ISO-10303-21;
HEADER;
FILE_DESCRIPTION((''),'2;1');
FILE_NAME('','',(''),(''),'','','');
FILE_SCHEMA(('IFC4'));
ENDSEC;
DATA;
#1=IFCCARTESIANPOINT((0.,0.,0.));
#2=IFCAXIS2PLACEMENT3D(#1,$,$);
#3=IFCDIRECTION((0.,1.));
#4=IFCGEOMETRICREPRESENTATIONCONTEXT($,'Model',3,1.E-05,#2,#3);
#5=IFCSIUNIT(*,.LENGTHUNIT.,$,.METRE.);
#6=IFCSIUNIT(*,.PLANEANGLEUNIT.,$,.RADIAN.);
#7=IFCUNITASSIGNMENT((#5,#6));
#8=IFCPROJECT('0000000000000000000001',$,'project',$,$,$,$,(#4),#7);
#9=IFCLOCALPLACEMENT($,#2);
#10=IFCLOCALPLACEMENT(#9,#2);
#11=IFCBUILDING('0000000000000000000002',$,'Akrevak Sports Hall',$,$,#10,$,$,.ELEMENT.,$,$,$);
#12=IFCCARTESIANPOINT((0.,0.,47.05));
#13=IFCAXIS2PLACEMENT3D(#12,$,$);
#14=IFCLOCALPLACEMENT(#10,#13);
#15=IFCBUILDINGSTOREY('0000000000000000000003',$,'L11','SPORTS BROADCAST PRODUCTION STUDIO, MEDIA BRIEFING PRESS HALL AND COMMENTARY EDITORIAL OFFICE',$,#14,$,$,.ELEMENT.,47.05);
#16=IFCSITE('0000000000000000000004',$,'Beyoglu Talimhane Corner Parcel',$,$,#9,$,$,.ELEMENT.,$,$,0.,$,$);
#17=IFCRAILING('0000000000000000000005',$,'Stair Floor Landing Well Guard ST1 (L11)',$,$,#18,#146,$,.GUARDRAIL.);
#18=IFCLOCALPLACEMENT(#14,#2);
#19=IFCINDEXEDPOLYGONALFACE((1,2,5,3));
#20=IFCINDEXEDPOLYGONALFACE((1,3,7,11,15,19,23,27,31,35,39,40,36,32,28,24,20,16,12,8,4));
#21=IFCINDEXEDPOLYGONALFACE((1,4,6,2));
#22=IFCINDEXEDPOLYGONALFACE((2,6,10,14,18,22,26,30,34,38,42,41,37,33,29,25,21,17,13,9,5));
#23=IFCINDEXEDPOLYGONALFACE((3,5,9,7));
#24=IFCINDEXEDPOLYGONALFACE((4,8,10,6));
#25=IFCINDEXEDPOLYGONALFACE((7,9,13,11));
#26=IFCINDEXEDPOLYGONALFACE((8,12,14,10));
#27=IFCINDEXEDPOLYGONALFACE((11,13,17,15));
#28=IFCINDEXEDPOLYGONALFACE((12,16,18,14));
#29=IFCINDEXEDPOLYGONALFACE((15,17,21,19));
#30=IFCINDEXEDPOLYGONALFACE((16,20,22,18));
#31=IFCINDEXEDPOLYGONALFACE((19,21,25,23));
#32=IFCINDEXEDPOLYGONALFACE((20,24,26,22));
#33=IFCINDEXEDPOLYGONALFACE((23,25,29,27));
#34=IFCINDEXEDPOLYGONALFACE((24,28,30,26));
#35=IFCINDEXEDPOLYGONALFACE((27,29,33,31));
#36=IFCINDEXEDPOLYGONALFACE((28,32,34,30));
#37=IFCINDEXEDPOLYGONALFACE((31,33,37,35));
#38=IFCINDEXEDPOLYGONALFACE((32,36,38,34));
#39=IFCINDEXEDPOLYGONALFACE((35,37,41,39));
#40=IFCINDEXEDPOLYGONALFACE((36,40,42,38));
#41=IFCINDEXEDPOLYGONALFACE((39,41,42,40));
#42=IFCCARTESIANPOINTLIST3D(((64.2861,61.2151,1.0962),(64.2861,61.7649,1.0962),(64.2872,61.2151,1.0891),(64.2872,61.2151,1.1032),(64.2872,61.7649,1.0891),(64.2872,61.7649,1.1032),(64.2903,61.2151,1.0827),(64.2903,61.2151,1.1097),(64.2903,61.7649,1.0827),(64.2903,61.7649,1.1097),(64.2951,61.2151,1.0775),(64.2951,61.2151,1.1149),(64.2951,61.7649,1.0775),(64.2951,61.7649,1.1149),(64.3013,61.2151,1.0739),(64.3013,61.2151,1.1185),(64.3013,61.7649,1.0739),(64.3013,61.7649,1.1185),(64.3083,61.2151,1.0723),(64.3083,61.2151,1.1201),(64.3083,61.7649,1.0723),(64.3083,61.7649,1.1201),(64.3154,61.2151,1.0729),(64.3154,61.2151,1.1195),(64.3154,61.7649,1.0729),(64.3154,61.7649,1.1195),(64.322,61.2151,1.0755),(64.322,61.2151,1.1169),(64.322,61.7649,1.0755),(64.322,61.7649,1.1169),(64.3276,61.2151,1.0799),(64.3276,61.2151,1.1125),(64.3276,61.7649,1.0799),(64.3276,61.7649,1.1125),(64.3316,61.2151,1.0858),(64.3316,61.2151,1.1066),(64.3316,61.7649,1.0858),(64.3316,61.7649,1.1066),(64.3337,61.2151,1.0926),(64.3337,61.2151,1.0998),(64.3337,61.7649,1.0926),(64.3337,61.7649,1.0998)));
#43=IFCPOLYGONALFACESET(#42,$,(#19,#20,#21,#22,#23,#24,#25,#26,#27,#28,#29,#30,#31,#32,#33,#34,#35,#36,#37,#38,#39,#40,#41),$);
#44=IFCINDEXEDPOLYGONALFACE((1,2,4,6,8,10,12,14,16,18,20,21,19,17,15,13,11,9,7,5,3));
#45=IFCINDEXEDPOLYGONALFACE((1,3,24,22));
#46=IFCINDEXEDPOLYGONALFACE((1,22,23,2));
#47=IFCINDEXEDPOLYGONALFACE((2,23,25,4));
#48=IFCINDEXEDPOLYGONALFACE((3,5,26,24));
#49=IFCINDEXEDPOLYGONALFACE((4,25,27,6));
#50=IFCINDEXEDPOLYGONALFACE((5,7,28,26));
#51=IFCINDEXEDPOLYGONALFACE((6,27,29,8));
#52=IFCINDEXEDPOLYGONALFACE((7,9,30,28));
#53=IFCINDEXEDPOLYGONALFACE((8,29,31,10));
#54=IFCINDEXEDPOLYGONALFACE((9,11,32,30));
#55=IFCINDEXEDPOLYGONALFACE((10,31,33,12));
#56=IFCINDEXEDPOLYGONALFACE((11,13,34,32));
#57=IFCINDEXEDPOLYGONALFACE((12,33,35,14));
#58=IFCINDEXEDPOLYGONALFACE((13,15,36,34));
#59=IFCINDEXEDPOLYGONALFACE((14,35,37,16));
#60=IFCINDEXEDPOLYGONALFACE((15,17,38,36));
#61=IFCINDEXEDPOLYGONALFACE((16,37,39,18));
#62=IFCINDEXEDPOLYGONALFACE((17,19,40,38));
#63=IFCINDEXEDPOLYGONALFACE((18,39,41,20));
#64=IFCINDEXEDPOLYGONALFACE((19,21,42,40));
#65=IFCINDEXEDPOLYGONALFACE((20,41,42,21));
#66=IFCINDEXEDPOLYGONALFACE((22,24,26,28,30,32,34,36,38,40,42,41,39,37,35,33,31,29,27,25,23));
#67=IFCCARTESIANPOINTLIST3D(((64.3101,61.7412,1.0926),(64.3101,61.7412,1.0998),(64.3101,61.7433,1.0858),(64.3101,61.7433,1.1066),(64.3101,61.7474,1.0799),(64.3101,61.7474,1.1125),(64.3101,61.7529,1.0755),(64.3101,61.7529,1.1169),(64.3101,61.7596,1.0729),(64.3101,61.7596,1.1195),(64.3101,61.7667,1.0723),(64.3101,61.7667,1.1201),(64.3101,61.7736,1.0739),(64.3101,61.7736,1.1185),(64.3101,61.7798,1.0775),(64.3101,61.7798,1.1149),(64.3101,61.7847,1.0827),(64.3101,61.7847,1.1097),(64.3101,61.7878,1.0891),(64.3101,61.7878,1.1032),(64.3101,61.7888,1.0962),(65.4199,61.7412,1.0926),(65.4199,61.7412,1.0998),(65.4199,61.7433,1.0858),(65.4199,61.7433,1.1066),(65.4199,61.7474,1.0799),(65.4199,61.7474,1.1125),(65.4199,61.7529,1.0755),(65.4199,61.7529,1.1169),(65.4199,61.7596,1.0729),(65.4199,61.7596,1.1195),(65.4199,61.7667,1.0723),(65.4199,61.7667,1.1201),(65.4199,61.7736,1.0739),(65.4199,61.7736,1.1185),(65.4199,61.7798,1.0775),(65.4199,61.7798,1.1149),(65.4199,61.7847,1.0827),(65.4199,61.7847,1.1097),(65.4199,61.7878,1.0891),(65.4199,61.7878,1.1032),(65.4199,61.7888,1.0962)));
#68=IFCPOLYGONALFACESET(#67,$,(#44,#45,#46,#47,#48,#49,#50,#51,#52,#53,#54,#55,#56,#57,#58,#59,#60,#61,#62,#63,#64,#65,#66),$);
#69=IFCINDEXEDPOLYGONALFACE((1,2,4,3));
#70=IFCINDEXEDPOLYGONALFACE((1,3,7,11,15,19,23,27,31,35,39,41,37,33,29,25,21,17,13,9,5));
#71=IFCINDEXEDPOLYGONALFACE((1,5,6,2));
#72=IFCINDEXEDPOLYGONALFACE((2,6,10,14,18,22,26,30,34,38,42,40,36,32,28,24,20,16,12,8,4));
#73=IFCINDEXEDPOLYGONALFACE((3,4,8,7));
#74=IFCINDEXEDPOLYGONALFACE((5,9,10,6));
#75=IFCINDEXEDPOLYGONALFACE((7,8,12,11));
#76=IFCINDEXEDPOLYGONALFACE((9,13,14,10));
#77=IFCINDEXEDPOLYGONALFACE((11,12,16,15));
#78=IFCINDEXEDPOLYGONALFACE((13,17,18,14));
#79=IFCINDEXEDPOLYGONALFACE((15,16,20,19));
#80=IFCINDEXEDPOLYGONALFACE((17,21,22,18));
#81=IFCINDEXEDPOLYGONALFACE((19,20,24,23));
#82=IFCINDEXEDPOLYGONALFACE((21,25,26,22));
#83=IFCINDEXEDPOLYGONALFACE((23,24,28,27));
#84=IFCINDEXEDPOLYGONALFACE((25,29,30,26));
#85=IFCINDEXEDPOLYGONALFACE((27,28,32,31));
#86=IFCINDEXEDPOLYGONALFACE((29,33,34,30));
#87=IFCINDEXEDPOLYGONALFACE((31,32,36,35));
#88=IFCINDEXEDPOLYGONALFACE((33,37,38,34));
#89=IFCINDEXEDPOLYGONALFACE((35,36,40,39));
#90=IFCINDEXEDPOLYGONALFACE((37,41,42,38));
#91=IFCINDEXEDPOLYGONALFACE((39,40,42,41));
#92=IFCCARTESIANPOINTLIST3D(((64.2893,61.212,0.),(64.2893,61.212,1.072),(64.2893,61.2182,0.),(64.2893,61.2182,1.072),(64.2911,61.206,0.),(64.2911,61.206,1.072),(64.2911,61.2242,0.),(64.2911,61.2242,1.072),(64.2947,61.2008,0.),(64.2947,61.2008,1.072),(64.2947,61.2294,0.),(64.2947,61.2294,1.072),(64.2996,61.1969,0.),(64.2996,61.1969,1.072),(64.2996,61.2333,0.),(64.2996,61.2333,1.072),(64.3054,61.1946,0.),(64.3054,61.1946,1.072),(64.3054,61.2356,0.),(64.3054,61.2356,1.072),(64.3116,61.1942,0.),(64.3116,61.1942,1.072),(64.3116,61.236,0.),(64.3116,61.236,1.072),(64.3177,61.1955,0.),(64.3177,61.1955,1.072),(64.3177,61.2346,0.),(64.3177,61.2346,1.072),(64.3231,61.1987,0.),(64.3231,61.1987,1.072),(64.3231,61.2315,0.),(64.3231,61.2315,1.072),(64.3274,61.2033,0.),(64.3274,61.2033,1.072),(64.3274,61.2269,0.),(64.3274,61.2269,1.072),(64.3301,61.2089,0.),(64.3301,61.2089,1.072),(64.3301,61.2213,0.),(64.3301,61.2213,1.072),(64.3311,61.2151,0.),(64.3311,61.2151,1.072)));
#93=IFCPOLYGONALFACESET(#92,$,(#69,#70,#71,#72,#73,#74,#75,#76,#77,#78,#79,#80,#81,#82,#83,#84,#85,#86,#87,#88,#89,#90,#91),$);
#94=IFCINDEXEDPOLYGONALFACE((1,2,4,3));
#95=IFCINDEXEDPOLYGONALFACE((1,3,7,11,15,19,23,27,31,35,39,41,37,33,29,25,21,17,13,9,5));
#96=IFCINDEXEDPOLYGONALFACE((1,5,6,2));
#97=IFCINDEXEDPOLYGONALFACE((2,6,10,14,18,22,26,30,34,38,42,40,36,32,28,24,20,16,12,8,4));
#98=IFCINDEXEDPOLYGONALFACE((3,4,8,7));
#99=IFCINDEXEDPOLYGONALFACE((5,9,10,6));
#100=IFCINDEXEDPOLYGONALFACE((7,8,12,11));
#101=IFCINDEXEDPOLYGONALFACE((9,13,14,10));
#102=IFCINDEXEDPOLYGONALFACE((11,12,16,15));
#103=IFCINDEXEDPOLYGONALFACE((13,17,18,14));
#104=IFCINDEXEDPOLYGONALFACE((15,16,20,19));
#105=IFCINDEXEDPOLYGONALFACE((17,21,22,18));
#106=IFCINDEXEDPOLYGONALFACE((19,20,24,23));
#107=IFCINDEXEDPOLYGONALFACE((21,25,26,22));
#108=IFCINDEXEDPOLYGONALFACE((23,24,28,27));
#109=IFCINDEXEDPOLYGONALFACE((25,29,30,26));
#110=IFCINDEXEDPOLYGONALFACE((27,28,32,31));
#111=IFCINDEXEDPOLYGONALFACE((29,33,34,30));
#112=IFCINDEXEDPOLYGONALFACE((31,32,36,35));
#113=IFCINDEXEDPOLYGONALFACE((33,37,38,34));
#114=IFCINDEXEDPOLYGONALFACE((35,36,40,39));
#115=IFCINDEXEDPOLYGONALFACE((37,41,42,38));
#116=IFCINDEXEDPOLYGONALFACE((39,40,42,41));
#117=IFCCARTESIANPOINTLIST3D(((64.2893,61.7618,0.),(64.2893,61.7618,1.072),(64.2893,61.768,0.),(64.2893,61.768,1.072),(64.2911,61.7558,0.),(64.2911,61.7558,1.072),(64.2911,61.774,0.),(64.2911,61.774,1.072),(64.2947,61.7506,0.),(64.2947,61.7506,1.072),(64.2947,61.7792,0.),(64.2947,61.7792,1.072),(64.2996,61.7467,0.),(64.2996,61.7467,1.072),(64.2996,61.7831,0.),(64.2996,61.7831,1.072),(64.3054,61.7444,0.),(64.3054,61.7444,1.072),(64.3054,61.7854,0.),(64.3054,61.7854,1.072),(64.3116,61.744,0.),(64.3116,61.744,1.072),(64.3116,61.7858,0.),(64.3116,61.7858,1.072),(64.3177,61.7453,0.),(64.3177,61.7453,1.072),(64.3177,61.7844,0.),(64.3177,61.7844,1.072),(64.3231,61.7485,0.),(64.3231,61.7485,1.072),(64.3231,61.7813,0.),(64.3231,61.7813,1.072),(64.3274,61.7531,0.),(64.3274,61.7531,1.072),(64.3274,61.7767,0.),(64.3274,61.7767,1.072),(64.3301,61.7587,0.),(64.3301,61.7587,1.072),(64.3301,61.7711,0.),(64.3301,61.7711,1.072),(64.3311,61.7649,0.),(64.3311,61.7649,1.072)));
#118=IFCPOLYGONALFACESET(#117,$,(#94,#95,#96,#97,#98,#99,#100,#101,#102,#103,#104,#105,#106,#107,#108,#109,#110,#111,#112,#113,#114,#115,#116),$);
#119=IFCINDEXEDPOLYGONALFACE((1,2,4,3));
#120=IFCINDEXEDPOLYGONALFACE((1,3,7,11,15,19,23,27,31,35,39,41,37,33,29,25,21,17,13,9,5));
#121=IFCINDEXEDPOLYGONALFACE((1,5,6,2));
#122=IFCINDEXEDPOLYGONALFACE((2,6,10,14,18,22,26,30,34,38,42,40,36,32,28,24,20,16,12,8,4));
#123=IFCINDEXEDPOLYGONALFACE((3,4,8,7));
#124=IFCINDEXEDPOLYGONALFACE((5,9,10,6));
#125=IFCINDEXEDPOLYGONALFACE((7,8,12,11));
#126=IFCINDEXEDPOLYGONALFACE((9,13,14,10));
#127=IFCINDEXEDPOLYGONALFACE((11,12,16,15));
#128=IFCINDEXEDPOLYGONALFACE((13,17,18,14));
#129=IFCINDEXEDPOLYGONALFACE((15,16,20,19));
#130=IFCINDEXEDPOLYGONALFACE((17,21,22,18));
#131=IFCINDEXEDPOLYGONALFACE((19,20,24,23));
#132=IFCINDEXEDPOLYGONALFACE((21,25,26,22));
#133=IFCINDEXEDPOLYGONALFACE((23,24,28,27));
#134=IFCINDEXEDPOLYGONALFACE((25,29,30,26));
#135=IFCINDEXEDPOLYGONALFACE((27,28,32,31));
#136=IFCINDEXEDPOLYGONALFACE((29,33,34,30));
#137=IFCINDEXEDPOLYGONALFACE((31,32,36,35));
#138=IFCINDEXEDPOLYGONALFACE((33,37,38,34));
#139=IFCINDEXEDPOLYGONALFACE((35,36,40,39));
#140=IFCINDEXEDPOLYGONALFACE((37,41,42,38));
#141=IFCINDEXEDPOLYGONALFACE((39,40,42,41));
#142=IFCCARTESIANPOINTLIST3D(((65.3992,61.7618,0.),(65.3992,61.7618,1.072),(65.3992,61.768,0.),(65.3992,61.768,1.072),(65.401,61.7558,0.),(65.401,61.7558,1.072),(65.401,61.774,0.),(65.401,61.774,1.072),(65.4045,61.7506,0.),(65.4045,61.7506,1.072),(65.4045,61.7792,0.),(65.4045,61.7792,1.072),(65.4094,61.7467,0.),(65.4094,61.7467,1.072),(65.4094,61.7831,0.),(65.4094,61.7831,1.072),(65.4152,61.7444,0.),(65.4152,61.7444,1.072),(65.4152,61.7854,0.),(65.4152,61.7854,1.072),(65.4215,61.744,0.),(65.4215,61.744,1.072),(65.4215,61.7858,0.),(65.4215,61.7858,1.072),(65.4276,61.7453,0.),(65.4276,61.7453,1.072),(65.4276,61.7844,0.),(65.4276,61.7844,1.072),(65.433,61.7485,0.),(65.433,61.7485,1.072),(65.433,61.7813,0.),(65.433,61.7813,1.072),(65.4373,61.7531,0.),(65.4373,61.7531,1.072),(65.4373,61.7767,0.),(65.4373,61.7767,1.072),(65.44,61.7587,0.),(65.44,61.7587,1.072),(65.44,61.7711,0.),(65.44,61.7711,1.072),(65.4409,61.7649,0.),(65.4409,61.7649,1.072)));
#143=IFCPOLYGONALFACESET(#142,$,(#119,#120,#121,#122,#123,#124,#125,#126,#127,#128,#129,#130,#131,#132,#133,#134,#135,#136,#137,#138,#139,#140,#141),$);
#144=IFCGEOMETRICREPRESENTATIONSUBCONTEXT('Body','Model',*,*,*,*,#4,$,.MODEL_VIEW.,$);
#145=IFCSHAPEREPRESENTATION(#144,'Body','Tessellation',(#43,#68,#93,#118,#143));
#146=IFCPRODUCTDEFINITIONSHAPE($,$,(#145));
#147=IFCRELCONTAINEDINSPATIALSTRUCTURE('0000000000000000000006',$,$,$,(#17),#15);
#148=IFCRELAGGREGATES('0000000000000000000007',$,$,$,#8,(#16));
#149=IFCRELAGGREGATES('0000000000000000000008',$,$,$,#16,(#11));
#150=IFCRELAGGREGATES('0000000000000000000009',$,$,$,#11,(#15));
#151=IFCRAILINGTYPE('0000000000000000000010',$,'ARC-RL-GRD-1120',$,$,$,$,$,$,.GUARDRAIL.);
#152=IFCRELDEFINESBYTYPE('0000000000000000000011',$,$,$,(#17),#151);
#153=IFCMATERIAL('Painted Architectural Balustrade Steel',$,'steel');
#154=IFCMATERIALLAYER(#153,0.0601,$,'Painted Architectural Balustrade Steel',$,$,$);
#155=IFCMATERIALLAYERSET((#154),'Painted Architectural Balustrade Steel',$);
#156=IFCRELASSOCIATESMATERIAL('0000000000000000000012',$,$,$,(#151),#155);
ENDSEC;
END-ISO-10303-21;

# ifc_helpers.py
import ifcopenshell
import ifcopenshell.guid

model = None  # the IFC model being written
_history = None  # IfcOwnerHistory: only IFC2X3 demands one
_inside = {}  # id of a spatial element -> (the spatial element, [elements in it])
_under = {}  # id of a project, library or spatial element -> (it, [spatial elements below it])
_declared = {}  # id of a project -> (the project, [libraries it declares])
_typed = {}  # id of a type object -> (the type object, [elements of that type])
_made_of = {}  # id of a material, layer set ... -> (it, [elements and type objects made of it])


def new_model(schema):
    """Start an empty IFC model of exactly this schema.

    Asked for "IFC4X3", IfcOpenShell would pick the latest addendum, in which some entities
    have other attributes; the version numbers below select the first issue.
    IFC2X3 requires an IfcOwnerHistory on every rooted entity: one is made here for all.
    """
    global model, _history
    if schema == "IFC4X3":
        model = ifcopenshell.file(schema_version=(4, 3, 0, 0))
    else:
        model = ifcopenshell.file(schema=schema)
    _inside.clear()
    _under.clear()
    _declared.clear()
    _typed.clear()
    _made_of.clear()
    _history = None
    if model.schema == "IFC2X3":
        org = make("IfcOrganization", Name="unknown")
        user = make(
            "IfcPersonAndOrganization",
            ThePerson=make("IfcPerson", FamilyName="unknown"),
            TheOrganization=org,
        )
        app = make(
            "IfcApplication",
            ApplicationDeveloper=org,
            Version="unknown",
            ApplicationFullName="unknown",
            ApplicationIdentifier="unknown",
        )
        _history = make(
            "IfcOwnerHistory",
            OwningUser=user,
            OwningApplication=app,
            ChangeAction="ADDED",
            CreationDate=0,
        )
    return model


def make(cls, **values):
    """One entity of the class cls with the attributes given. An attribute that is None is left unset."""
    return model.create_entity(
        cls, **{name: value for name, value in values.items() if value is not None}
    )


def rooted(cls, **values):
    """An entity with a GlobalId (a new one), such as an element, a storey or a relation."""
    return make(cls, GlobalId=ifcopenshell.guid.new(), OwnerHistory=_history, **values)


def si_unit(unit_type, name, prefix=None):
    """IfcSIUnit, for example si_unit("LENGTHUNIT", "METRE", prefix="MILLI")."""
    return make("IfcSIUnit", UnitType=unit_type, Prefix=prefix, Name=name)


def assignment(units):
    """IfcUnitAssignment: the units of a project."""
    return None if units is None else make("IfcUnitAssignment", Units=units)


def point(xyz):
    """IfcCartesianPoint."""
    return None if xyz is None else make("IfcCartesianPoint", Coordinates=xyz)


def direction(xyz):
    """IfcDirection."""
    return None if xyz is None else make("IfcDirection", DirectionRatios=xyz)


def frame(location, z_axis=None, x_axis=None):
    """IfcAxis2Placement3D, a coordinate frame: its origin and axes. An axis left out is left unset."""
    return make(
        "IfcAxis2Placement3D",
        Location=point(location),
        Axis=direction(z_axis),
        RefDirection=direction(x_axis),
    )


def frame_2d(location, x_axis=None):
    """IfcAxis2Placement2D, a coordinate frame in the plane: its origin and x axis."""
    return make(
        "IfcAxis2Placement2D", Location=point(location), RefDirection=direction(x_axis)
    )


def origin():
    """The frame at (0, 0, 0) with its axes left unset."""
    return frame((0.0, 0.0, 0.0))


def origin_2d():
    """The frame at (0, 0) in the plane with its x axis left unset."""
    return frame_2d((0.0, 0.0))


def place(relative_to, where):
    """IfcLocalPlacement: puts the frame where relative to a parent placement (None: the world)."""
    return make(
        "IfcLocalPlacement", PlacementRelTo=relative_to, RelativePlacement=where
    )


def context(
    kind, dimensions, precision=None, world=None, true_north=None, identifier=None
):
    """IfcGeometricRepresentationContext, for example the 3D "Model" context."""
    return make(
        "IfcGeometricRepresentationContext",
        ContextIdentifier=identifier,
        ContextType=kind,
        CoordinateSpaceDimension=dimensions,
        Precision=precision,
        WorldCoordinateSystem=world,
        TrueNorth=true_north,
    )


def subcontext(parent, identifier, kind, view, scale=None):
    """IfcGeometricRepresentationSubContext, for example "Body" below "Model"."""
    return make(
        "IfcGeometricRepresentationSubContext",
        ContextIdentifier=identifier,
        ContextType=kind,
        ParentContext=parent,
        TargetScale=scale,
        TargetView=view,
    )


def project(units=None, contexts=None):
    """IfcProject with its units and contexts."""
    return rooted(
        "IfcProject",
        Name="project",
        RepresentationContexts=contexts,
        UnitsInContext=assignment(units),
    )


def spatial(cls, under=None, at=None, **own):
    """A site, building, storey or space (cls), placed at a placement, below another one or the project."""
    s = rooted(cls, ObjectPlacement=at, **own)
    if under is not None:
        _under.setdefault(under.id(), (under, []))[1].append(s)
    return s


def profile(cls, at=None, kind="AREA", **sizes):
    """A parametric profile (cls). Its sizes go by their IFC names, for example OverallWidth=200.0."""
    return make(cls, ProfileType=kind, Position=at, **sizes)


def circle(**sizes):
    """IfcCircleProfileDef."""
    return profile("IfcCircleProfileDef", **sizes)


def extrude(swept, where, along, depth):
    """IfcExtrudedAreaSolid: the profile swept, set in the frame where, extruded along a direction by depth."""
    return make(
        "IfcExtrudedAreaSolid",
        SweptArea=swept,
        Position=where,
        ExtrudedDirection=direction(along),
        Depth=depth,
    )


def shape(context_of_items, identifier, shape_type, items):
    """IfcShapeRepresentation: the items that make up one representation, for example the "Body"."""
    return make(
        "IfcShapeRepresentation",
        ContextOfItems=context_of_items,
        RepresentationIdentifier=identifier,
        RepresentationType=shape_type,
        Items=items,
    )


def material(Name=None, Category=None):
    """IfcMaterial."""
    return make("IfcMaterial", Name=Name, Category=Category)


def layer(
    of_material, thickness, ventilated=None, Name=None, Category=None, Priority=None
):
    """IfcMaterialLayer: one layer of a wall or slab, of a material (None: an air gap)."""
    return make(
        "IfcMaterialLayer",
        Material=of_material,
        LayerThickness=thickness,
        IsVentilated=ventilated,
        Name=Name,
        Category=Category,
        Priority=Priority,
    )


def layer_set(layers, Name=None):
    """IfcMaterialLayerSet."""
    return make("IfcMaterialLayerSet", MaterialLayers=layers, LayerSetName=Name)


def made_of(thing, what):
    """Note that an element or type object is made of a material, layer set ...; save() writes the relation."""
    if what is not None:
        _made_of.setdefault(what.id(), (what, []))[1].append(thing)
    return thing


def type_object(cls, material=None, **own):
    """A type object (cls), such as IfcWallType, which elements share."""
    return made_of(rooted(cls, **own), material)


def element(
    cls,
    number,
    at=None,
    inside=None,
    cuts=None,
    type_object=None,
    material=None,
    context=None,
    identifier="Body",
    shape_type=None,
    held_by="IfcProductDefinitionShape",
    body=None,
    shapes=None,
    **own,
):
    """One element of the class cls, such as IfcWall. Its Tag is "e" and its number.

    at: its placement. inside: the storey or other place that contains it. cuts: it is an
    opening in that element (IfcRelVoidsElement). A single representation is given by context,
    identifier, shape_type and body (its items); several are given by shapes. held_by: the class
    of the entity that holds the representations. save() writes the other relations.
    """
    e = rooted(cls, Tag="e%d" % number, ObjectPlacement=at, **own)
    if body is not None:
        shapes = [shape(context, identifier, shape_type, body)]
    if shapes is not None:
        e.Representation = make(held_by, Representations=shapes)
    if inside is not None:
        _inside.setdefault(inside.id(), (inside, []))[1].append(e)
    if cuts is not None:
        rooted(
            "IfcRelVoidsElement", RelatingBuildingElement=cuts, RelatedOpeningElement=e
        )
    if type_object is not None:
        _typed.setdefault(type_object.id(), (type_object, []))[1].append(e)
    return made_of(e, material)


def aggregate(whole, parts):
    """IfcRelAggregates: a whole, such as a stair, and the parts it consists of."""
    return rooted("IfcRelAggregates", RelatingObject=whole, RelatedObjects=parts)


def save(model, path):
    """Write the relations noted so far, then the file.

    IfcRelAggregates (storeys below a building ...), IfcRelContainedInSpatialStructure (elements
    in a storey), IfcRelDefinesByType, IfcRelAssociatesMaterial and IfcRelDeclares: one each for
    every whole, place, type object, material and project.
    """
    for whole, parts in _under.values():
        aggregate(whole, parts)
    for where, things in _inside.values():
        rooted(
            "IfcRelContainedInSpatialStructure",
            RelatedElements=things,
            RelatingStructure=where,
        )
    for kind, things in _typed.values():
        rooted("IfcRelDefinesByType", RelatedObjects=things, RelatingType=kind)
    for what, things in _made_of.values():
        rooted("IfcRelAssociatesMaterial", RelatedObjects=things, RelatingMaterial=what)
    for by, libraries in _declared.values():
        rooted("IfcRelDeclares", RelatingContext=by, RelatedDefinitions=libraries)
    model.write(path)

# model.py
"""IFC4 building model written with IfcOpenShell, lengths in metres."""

from ifc_helpers import new_model, si_unit, direction, frame, origin, origin_2d, place, context, subcontext, project, spatial, circle, extrude, material, layer, layer_set, type_object, element, save


model = new_model("IFC4")

# Units and contexts
model_context = context("Model", 3, precision=1e-05, world=origin(), true_north=direction((0.0, 1.0)))
body_context = subcontext(model_context, "Body", "Model", "MODEL_VIEW")
ifc_project = project(units=[si_unit("LENGTHUNIT", "METRE"), si_unit("PLANEANGLEUNIT", "RADIAN")], contexts=[model_context])

# Site, building, storey
site_placement = place(None, origin())
site = spatial("IfcSite", under=ifc_project, at=site_placement, Name="Beyoglu Talimhane Corner Parcel", CompositionType="ELEMENT", RefElevation=0.0)
building_placement = place(site_placement, origin())
building = spatial("IfcBuilding", under=site, at=building_placement, Name="Akrevak Sports Hall", CompositionType="ELEMENT")
storey_placement = place(building_placement, frame((0.0, 0.0, 47.05)))
storey = spatial("IfcBuildingStorey", under=building, at=storey_placement, Name="L11", Description="SPORTS BROADCAST PRODUCTION STUDIO, MEDIA BRIEFING PRESS HALL AND COMMENTARY EDITORIAL OFFICE", CompositionType="ELEMENT", Elevation=47.05)

# Railing
ifc_material_1 = material(Name="Painted Architectural Balustrade Steel", Category="steel")
ifc_layer_1 = layer(ifc_material_1, 0.0601, Name="Painted Architectural Balustrade Steel")
ifc_layer_set_1 = layer_set([ifc_layer_1], Name="Painted Architectural Balustrade Steel")
railing_type_1 = type_object("IfcRailingType", Name="ARC-RL-GRD-1120", PredefinedType="GUARDRAIL", material=ifc_layer_set_1)
railing_1_placement = place(storey_placement, frame((64.3101, 61.2151, 0.0)))
element("IfcRailing", 1, at=railing_1_placement, inside=storey, type_object=railing_type_1, Name="Stair Floor Landing Well Guard ST1 (L11)", PredefinedType="GUARDRAIL", context=body_context, shape_type="SweptSolid", body=[
    extrude(circle(Radius=0.0239, at=origin_2d()), frame((0.0, 0.0, 1.0962), z_axis=(0.0, 1.0, 0.0), x_axis=(-1.0, 0.0, 0.0)), (0.0, 0.0, 1.0), 0.5498),
    extrude(circle(Radius=0.0239, at=origin_2d()), frame((0.0, 0.5498, 1.0962), z_axis=(1.0, 0.0, 0.0), x_axis=(0.0, 1.0, 0.0)), (0.0, 0.0, 1.0), 1.1099),
    extrude(circle(Radius=0.021, at=origin_2d()), origin(), (0.0, 0.0, 1.0), 1.072),
    extrude(circle(Radius=0.021, at=origin_2d()), frame((0.0, 0.5498, 0.0)), (0.0, 0.0, 1.0), 1.072),
    extrude(circle(Radius=0.021, at=origin_2d()), frame((1.1099, 0.5498, 0.0)), (0.0, 0.0, 1.0), 1.072),
])

save(model, "model.ifc")
